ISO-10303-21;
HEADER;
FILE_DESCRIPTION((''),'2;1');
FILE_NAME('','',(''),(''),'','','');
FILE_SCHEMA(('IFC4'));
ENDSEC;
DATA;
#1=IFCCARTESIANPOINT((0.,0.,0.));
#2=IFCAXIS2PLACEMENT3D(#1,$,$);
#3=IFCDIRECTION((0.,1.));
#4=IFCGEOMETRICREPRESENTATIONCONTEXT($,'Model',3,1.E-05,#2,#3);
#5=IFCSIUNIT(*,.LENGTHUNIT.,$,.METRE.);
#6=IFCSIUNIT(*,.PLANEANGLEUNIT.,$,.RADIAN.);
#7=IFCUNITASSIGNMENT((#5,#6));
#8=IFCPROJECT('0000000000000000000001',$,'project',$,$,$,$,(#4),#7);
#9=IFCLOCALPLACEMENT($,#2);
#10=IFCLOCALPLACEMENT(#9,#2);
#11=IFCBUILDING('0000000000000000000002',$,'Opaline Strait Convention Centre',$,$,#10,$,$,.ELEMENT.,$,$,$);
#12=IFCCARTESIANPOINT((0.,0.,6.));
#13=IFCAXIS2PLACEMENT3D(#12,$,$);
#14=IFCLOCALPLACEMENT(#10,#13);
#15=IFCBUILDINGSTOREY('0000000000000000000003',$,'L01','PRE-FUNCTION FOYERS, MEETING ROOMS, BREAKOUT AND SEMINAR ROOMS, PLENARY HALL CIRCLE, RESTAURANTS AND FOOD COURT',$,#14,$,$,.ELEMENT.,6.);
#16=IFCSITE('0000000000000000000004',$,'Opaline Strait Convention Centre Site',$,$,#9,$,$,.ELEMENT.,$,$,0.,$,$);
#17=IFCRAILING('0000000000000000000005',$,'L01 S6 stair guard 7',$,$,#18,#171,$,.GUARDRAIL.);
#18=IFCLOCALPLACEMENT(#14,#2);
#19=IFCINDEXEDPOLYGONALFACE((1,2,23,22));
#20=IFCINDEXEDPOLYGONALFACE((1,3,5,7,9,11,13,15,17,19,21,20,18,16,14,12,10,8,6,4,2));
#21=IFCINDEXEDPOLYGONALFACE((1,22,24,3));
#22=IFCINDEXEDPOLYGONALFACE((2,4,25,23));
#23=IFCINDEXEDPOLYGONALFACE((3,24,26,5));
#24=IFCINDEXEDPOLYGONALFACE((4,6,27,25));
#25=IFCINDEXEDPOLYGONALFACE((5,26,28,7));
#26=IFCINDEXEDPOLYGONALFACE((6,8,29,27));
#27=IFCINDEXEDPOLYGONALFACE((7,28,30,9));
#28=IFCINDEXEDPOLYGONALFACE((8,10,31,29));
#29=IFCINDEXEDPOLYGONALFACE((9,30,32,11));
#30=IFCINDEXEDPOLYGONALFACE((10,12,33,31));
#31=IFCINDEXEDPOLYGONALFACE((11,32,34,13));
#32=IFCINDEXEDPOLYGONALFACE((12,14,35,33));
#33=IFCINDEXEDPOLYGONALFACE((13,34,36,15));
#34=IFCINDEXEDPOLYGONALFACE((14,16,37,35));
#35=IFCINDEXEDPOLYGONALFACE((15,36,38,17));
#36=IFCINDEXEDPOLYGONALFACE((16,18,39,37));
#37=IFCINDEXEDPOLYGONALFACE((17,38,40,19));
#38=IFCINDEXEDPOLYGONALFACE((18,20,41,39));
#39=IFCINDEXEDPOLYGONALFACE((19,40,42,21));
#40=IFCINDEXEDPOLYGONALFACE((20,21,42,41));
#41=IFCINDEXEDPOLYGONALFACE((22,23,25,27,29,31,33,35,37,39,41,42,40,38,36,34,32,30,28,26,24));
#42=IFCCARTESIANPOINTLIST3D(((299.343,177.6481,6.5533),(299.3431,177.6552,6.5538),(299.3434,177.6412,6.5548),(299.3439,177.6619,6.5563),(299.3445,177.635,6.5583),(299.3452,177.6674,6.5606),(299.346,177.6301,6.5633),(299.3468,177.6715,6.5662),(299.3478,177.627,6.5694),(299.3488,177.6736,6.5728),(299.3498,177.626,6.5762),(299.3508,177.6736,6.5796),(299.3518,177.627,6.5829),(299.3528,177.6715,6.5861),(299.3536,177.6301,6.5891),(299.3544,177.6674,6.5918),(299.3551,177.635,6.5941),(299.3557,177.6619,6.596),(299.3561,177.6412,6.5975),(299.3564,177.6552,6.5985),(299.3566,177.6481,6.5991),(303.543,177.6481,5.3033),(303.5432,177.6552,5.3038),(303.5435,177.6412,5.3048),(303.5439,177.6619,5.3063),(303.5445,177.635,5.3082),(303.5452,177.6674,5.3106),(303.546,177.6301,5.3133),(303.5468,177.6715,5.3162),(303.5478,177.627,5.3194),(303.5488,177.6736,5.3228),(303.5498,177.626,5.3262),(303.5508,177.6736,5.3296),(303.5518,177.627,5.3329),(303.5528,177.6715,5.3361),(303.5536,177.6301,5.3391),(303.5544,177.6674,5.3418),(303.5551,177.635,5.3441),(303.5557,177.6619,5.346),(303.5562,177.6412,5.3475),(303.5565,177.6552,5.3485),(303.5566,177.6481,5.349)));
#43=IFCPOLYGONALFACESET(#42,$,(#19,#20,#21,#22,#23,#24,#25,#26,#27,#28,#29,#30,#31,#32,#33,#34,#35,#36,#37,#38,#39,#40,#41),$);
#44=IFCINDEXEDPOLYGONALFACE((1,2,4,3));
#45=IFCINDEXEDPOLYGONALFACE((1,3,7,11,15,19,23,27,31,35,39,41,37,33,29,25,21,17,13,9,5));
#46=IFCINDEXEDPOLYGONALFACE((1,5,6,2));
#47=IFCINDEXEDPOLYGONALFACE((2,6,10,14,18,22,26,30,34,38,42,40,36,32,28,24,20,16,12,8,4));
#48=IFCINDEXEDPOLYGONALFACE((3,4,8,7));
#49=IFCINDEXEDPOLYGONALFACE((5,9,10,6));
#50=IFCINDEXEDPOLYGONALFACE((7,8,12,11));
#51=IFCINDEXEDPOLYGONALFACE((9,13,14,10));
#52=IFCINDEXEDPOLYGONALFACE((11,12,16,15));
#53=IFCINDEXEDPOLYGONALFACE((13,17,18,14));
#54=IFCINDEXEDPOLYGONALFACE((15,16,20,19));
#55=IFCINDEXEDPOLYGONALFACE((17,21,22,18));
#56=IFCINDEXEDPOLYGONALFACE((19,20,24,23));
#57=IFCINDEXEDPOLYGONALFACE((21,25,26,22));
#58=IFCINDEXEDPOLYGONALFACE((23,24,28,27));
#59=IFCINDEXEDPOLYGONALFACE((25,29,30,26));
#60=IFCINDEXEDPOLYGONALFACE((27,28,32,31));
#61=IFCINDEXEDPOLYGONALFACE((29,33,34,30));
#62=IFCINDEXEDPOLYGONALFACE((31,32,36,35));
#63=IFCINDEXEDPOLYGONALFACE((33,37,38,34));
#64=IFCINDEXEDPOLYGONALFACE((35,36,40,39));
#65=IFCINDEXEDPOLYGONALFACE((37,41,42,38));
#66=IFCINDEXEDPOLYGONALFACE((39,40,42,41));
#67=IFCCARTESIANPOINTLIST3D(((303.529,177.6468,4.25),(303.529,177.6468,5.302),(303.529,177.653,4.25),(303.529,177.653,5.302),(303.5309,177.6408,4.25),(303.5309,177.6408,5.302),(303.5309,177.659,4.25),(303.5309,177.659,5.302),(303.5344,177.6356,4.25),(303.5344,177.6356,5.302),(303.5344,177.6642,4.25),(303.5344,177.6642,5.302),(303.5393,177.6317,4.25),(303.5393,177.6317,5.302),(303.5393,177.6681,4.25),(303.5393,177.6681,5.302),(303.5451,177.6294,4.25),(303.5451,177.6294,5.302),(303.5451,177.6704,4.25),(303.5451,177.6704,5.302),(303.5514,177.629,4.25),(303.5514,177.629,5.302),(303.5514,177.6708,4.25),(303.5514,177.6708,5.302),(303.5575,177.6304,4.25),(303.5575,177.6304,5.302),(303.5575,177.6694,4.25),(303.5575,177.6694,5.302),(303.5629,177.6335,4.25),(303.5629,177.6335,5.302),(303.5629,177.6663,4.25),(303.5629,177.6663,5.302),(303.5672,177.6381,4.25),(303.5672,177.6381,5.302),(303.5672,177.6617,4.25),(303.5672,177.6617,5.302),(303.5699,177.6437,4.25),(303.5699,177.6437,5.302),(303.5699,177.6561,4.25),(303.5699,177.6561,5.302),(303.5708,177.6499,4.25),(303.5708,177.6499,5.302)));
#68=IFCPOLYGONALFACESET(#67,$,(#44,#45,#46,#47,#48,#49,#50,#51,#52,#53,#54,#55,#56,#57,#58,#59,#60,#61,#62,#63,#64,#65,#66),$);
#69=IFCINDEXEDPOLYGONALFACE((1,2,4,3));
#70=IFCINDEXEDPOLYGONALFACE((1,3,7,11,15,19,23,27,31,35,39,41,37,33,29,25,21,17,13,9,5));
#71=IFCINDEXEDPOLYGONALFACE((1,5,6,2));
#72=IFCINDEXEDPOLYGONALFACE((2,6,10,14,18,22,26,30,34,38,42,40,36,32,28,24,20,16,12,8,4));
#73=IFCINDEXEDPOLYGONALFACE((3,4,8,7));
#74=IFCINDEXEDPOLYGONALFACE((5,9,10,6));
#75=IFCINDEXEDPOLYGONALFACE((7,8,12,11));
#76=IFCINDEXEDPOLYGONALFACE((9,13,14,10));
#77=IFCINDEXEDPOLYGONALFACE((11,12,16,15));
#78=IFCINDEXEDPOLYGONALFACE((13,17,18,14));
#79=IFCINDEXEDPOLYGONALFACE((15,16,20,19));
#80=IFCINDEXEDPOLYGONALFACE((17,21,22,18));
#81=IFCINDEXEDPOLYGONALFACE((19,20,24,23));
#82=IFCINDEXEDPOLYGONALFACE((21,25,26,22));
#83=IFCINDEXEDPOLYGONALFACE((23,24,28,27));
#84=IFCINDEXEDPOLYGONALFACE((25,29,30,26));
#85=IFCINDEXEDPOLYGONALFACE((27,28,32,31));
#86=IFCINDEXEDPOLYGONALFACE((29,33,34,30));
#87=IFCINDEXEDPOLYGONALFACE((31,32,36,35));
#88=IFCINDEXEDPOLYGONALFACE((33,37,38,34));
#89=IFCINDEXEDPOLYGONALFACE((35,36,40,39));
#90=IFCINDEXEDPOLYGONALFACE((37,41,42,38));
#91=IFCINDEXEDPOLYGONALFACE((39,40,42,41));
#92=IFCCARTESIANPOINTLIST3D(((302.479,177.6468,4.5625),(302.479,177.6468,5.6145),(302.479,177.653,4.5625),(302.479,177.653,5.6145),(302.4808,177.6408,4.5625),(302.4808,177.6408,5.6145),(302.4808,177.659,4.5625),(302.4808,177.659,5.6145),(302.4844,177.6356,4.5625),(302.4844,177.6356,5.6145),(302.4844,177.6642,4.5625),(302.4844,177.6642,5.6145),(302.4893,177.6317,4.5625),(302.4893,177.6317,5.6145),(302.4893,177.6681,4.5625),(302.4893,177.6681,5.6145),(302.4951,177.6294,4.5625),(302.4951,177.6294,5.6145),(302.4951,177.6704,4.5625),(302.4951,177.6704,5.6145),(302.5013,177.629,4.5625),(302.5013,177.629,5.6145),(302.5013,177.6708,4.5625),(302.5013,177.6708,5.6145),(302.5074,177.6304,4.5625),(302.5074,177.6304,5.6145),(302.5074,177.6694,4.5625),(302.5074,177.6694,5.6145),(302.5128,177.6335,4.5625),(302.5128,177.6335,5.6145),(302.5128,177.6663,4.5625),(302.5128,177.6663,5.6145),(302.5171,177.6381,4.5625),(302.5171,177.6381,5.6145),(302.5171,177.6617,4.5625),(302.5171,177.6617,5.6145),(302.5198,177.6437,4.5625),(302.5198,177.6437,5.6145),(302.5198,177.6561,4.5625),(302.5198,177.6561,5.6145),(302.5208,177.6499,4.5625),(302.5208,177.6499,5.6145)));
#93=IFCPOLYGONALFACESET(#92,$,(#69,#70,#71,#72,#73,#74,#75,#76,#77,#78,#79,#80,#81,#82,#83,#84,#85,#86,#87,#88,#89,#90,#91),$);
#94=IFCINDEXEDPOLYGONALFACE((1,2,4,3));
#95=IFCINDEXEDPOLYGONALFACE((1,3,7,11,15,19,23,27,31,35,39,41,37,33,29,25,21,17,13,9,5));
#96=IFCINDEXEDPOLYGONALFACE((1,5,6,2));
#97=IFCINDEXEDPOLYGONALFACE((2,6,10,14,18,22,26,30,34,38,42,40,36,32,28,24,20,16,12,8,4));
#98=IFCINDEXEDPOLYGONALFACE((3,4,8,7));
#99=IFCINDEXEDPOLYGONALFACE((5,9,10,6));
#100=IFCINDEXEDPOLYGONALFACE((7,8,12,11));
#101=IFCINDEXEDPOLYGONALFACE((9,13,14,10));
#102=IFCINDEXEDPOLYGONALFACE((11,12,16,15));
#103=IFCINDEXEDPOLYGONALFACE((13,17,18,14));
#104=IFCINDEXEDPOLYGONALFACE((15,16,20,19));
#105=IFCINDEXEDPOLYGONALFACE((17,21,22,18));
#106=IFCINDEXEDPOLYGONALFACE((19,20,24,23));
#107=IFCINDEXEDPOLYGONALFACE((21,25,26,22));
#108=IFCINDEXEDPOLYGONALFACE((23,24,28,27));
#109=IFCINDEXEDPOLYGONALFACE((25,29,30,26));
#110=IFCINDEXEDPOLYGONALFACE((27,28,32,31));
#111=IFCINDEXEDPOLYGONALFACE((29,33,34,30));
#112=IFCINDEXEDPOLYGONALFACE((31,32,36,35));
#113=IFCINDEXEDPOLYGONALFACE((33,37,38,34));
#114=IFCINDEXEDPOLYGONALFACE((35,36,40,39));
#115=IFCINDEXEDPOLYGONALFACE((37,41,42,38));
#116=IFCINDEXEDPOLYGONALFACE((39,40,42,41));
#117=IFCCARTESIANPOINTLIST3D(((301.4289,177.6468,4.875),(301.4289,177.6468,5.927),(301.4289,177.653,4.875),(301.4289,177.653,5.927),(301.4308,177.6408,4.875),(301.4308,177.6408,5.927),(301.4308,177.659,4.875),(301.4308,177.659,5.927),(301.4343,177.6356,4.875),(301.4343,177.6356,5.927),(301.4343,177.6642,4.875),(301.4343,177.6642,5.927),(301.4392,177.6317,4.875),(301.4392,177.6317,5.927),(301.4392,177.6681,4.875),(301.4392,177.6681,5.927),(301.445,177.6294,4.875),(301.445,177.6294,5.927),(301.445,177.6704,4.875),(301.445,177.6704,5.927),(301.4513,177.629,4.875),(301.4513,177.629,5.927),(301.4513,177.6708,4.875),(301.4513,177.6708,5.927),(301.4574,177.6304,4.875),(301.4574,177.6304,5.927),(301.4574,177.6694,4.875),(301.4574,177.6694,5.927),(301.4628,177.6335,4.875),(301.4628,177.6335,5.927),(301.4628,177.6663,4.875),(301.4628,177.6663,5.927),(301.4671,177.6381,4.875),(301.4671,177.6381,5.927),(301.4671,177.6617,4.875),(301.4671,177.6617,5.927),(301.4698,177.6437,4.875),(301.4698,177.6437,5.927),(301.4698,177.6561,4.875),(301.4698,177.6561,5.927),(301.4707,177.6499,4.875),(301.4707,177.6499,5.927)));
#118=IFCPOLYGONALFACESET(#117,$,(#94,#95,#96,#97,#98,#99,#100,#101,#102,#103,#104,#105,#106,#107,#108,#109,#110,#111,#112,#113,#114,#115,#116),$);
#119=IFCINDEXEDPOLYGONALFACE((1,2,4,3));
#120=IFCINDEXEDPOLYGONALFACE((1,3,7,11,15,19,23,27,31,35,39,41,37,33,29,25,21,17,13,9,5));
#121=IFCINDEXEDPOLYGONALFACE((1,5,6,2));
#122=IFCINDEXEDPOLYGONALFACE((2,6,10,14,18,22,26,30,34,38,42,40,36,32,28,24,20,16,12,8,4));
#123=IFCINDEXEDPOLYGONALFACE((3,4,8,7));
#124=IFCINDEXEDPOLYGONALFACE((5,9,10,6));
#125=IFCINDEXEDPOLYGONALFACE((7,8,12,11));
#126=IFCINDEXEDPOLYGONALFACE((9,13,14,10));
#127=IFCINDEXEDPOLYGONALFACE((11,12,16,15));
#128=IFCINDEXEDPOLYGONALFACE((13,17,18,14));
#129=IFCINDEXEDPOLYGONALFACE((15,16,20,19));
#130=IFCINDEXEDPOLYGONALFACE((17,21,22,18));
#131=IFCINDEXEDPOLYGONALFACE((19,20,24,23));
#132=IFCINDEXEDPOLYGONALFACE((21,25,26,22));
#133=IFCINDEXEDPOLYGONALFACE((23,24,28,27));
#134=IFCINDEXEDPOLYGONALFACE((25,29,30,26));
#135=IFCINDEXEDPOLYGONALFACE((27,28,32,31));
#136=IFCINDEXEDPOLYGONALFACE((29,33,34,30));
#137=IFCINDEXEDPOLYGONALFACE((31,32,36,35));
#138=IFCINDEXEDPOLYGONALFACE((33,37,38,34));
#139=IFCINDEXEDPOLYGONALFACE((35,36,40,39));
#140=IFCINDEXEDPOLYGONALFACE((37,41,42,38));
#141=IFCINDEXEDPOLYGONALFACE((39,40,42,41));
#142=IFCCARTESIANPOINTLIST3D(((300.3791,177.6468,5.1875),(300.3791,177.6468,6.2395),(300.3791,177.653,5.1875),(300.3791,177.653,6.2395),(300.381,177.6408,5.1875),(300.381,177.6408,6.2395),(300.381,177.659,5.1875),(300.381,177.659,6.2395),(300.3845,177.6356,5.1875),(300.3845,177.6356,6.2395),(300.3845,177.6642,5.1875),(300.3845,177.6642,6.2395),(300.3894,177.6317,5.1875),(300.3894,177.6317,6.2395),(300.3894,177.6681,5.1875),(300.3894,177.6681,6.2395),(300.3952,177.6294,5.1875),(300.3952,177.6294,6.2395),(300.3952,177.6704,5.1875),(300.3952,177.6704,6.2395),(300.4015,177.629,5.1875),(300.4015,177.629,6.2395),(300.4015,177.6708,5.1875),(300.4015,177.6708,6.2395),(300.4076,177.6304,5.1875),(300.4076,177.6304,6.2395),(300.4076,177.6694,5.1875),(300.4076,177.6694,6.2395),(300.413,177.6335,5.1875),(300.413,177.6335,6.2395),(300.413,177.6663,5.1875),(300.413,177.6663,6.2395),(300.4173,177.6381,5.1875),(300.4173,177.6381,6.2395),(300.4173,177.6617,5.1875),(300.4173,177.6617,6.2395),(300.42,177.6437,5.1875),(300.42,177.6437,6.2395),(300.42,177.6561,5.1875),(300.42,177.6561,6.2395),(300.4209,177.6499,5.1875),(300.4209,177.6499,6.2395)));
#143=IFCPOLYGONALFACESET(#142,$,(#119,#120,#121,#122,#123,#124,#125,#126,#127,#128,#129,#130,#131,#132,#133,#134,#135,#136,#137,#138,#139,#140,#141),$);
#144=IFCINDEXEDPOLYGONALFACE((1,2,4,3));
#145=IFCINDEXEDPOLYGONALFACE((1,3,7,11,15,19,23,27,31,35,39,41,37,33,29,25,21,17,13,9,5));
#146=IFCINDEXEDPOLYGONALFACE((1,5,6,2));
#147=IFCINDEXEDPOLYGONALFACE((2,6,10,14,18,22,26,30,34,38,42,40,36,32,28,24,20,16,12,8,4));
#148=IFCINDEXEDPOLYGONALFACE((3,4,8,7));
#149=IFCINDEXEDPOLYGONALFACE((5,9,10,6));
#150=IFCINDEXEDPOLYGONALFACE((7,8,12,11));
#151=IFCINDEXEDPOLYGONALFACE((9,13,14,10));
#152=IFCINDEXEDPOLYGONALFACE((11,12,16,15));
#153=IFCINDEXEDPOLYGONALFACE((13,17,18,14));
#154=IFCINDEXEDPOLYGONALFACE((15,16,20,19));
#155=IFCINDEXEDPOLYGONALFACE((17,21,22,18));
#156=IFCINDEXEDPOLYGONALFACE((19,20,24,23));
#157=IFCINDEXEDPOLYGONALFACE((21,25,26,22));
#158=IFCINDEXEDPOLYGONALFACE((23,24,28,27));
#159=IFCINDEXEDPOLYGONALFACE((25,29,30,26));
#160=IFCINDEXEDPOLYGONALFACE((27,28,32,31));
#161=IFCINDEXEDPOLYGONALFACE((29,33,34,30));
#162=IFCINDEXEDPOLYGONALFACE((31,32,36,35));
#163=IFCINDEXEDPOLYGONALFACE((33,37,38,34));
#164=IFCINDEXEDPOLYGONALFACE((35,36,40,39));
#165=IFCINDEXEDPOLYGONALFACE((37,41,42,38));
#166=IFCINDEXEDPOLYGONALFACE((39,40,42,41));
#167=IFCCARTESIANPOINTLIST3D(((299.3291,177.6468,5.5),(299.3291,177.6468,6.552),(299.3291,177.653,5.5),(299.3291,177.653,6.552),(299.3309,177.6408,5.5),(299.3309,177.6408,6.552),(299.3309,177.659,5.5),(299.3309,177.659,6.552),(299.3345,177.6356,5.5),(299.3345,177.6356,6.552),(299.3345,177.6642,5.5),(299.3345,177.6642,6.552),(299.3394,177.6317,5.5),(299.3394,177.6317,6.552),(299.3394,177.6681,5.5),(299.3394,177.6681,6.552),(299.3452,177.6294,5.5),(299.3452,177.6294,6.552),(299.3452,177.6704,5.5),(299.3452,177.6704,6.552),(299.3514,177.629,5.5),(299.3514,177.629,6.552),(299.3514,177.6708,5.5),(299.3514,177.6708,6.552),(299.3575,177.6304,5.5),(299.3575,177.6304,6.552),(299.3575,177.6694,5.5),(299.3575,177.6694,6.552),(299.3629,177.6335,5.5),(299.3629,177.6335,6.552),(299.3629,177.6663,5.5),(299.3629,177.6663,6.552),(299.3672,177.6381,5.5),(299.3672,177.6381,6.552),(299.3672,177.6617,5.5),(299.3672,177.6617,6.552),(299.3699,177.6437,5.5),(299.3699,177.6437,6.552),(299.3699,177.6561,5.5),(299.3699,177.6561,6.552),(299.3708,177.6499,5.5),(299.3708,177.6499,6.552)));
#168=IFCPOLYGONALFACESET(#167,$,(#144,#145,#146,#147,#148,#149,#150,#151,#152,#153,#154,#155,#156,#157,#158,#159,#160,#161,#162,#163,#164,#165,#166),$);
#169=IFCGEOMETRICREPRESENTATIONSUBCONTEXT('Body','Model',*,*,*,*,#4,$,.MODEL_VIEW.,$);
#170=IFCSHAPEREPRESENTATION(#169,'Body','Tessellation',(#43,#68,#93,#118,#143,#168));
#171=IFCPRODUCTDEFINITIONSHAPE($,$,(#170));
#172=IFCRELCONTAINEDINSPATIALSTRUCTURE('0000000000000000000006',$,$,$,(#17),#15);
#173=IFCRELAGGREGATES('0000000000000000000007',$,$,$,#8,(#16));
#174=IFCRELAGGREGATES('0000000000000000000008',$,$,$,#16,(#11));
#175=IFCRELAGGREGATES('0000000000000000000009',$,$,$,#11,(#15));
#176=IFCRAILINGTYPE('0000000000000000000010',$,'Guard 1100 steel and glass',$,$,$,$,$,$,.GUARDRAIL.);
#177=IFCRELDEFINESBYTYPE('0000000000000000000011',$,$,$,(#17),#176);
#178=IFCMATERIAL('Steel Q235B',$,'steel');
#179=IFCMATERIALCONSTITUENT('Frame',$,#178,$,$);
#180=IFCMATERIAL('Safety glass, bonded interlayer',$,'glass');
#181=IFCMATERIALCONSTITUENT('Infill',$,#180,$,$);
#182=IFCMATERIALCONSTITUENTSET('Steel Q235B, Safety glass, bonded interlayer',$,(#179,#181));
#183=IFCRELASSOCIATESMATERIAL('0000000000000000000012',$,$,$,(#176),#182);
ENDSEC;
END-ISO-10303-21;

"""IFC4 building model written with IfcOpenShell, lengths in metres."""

from ifc_helpers import new_model, si_unit, direction, frame, origin, origin_2d, place, context, subcontext, project, spatial, circle, extrude, material, constituent, constituent_set, type_object, element, save


model = new_model("IFC4")

# Units and contexts
model_context = context("Model", 3, precision=1e-05, world=origin(), true_north=direction((0.0, 1.0)))
body_context = subcontext(model_context, "Body", "Model", "MODEL_VIEW")
ifc_project = project(units=[si_unit("LENGTHUNIT", "METRE"), si_unit("PLANEANGLEUNIT", "RADIAN")], contexts=[model_context])

# Site, building, storey
site_placement = place(None, origin())
site = spatial("IfcSite", under=ifc_project, at=site_placement, Name="Opaline Strait Convention Centre Site", CompositionType="ELEMENT", RefElevation=0.0)
building_placement = place(site_placement, origin())
building = spatial("IfcBuilding", under=site, at=building_placement, Name="Opaline Strait Convention Centre", CompositionType="ELEMENT")
storey_placement = place(building_placement, frame((0.0, 0.0, 6.0)))
storey = spatial("IfcBuildingStorey", under=building, at=storey_placement, Name="L01", Description="PRE-FUNCTION FOYERS, MEETING ROOMS, BREAKOUT AND SEMINAR ROOMS, PLENARY HALL CIRCLE, RESTAURANTS AND FOOD COURT", CompositionType="ELEMENT", Elevation=6.0)

# Railing
ifc_material_1 = material(Name="Steel Q235B", Category="steel")
ifc_constituent_1 = constituent(ifc_material_1, Name="Frame")
ifc_material_2 = material(Name="Safety glass, bonded interlayer", Category="glass")
ifc_constituent_2 = constituent(ifc_material_2, Name="Infill")
ifc_constituent_set = constituent_set(constituents=[ifc_constituent_1, ifc_constituent_2], Name="Steel Q235B, Safety glass, bonded interlayer")
railing_type_1 = type_object("IfcRailingType", Name="Guard 1100 steel and glass", PredefinedType="GUARDRAIL", material=ifc_constituent_set)
railing_1_placement = place(storey_placement, frame((303.5498, 177.6499, 4.25)))
element("IfcRailing", 1, at=railing_1_placement, inside=storey, type_object=railing_type_1, Name="L01 S6 stair guard 7", PredefinedType="GUARDRAIL", context=body_context, shape_type="SweptSolid", body=[
    extrude(circle(Radius=0.0239, at=origin_2d()), frame((0.0, 0.0, 1.0762), z_axis=(-0.958451, 0.0, 0.285257), x_axis=(0.0, -1.0, 0.0)), (0.0, 0.0, 1.0), 4.3821),
    extrude(circle(Radius=0.021, at=origin_2d()), origin(), (0.0, 0.0, 1.0), 1.052),
    extrude(circle(Radius=0.021, at=origin_2d()), frame((-1.05, 0.0, 0.3125)), (0.0, 0.0, 1.0), 1.052),
    extrude(circle(Radius=0.021, at=origin_2d()), frame((-2.1001, 0.0, 0.625)), (0.0, 0.0, 1.0), 1.052),
    extrude(circle(Radius=0.021, at=origin_2d()), frame((-3.1499, 0.0, 0.9375)), (0.0, 0.0, 1.0), 1.052),
    extrude(circle(Radius=0.021, at=origin_2d()), frame((-4.2, 0.0, 1.25)), (0.0, 0.0, 1.0), 1.052),
])

save(model, "model.ifc")
